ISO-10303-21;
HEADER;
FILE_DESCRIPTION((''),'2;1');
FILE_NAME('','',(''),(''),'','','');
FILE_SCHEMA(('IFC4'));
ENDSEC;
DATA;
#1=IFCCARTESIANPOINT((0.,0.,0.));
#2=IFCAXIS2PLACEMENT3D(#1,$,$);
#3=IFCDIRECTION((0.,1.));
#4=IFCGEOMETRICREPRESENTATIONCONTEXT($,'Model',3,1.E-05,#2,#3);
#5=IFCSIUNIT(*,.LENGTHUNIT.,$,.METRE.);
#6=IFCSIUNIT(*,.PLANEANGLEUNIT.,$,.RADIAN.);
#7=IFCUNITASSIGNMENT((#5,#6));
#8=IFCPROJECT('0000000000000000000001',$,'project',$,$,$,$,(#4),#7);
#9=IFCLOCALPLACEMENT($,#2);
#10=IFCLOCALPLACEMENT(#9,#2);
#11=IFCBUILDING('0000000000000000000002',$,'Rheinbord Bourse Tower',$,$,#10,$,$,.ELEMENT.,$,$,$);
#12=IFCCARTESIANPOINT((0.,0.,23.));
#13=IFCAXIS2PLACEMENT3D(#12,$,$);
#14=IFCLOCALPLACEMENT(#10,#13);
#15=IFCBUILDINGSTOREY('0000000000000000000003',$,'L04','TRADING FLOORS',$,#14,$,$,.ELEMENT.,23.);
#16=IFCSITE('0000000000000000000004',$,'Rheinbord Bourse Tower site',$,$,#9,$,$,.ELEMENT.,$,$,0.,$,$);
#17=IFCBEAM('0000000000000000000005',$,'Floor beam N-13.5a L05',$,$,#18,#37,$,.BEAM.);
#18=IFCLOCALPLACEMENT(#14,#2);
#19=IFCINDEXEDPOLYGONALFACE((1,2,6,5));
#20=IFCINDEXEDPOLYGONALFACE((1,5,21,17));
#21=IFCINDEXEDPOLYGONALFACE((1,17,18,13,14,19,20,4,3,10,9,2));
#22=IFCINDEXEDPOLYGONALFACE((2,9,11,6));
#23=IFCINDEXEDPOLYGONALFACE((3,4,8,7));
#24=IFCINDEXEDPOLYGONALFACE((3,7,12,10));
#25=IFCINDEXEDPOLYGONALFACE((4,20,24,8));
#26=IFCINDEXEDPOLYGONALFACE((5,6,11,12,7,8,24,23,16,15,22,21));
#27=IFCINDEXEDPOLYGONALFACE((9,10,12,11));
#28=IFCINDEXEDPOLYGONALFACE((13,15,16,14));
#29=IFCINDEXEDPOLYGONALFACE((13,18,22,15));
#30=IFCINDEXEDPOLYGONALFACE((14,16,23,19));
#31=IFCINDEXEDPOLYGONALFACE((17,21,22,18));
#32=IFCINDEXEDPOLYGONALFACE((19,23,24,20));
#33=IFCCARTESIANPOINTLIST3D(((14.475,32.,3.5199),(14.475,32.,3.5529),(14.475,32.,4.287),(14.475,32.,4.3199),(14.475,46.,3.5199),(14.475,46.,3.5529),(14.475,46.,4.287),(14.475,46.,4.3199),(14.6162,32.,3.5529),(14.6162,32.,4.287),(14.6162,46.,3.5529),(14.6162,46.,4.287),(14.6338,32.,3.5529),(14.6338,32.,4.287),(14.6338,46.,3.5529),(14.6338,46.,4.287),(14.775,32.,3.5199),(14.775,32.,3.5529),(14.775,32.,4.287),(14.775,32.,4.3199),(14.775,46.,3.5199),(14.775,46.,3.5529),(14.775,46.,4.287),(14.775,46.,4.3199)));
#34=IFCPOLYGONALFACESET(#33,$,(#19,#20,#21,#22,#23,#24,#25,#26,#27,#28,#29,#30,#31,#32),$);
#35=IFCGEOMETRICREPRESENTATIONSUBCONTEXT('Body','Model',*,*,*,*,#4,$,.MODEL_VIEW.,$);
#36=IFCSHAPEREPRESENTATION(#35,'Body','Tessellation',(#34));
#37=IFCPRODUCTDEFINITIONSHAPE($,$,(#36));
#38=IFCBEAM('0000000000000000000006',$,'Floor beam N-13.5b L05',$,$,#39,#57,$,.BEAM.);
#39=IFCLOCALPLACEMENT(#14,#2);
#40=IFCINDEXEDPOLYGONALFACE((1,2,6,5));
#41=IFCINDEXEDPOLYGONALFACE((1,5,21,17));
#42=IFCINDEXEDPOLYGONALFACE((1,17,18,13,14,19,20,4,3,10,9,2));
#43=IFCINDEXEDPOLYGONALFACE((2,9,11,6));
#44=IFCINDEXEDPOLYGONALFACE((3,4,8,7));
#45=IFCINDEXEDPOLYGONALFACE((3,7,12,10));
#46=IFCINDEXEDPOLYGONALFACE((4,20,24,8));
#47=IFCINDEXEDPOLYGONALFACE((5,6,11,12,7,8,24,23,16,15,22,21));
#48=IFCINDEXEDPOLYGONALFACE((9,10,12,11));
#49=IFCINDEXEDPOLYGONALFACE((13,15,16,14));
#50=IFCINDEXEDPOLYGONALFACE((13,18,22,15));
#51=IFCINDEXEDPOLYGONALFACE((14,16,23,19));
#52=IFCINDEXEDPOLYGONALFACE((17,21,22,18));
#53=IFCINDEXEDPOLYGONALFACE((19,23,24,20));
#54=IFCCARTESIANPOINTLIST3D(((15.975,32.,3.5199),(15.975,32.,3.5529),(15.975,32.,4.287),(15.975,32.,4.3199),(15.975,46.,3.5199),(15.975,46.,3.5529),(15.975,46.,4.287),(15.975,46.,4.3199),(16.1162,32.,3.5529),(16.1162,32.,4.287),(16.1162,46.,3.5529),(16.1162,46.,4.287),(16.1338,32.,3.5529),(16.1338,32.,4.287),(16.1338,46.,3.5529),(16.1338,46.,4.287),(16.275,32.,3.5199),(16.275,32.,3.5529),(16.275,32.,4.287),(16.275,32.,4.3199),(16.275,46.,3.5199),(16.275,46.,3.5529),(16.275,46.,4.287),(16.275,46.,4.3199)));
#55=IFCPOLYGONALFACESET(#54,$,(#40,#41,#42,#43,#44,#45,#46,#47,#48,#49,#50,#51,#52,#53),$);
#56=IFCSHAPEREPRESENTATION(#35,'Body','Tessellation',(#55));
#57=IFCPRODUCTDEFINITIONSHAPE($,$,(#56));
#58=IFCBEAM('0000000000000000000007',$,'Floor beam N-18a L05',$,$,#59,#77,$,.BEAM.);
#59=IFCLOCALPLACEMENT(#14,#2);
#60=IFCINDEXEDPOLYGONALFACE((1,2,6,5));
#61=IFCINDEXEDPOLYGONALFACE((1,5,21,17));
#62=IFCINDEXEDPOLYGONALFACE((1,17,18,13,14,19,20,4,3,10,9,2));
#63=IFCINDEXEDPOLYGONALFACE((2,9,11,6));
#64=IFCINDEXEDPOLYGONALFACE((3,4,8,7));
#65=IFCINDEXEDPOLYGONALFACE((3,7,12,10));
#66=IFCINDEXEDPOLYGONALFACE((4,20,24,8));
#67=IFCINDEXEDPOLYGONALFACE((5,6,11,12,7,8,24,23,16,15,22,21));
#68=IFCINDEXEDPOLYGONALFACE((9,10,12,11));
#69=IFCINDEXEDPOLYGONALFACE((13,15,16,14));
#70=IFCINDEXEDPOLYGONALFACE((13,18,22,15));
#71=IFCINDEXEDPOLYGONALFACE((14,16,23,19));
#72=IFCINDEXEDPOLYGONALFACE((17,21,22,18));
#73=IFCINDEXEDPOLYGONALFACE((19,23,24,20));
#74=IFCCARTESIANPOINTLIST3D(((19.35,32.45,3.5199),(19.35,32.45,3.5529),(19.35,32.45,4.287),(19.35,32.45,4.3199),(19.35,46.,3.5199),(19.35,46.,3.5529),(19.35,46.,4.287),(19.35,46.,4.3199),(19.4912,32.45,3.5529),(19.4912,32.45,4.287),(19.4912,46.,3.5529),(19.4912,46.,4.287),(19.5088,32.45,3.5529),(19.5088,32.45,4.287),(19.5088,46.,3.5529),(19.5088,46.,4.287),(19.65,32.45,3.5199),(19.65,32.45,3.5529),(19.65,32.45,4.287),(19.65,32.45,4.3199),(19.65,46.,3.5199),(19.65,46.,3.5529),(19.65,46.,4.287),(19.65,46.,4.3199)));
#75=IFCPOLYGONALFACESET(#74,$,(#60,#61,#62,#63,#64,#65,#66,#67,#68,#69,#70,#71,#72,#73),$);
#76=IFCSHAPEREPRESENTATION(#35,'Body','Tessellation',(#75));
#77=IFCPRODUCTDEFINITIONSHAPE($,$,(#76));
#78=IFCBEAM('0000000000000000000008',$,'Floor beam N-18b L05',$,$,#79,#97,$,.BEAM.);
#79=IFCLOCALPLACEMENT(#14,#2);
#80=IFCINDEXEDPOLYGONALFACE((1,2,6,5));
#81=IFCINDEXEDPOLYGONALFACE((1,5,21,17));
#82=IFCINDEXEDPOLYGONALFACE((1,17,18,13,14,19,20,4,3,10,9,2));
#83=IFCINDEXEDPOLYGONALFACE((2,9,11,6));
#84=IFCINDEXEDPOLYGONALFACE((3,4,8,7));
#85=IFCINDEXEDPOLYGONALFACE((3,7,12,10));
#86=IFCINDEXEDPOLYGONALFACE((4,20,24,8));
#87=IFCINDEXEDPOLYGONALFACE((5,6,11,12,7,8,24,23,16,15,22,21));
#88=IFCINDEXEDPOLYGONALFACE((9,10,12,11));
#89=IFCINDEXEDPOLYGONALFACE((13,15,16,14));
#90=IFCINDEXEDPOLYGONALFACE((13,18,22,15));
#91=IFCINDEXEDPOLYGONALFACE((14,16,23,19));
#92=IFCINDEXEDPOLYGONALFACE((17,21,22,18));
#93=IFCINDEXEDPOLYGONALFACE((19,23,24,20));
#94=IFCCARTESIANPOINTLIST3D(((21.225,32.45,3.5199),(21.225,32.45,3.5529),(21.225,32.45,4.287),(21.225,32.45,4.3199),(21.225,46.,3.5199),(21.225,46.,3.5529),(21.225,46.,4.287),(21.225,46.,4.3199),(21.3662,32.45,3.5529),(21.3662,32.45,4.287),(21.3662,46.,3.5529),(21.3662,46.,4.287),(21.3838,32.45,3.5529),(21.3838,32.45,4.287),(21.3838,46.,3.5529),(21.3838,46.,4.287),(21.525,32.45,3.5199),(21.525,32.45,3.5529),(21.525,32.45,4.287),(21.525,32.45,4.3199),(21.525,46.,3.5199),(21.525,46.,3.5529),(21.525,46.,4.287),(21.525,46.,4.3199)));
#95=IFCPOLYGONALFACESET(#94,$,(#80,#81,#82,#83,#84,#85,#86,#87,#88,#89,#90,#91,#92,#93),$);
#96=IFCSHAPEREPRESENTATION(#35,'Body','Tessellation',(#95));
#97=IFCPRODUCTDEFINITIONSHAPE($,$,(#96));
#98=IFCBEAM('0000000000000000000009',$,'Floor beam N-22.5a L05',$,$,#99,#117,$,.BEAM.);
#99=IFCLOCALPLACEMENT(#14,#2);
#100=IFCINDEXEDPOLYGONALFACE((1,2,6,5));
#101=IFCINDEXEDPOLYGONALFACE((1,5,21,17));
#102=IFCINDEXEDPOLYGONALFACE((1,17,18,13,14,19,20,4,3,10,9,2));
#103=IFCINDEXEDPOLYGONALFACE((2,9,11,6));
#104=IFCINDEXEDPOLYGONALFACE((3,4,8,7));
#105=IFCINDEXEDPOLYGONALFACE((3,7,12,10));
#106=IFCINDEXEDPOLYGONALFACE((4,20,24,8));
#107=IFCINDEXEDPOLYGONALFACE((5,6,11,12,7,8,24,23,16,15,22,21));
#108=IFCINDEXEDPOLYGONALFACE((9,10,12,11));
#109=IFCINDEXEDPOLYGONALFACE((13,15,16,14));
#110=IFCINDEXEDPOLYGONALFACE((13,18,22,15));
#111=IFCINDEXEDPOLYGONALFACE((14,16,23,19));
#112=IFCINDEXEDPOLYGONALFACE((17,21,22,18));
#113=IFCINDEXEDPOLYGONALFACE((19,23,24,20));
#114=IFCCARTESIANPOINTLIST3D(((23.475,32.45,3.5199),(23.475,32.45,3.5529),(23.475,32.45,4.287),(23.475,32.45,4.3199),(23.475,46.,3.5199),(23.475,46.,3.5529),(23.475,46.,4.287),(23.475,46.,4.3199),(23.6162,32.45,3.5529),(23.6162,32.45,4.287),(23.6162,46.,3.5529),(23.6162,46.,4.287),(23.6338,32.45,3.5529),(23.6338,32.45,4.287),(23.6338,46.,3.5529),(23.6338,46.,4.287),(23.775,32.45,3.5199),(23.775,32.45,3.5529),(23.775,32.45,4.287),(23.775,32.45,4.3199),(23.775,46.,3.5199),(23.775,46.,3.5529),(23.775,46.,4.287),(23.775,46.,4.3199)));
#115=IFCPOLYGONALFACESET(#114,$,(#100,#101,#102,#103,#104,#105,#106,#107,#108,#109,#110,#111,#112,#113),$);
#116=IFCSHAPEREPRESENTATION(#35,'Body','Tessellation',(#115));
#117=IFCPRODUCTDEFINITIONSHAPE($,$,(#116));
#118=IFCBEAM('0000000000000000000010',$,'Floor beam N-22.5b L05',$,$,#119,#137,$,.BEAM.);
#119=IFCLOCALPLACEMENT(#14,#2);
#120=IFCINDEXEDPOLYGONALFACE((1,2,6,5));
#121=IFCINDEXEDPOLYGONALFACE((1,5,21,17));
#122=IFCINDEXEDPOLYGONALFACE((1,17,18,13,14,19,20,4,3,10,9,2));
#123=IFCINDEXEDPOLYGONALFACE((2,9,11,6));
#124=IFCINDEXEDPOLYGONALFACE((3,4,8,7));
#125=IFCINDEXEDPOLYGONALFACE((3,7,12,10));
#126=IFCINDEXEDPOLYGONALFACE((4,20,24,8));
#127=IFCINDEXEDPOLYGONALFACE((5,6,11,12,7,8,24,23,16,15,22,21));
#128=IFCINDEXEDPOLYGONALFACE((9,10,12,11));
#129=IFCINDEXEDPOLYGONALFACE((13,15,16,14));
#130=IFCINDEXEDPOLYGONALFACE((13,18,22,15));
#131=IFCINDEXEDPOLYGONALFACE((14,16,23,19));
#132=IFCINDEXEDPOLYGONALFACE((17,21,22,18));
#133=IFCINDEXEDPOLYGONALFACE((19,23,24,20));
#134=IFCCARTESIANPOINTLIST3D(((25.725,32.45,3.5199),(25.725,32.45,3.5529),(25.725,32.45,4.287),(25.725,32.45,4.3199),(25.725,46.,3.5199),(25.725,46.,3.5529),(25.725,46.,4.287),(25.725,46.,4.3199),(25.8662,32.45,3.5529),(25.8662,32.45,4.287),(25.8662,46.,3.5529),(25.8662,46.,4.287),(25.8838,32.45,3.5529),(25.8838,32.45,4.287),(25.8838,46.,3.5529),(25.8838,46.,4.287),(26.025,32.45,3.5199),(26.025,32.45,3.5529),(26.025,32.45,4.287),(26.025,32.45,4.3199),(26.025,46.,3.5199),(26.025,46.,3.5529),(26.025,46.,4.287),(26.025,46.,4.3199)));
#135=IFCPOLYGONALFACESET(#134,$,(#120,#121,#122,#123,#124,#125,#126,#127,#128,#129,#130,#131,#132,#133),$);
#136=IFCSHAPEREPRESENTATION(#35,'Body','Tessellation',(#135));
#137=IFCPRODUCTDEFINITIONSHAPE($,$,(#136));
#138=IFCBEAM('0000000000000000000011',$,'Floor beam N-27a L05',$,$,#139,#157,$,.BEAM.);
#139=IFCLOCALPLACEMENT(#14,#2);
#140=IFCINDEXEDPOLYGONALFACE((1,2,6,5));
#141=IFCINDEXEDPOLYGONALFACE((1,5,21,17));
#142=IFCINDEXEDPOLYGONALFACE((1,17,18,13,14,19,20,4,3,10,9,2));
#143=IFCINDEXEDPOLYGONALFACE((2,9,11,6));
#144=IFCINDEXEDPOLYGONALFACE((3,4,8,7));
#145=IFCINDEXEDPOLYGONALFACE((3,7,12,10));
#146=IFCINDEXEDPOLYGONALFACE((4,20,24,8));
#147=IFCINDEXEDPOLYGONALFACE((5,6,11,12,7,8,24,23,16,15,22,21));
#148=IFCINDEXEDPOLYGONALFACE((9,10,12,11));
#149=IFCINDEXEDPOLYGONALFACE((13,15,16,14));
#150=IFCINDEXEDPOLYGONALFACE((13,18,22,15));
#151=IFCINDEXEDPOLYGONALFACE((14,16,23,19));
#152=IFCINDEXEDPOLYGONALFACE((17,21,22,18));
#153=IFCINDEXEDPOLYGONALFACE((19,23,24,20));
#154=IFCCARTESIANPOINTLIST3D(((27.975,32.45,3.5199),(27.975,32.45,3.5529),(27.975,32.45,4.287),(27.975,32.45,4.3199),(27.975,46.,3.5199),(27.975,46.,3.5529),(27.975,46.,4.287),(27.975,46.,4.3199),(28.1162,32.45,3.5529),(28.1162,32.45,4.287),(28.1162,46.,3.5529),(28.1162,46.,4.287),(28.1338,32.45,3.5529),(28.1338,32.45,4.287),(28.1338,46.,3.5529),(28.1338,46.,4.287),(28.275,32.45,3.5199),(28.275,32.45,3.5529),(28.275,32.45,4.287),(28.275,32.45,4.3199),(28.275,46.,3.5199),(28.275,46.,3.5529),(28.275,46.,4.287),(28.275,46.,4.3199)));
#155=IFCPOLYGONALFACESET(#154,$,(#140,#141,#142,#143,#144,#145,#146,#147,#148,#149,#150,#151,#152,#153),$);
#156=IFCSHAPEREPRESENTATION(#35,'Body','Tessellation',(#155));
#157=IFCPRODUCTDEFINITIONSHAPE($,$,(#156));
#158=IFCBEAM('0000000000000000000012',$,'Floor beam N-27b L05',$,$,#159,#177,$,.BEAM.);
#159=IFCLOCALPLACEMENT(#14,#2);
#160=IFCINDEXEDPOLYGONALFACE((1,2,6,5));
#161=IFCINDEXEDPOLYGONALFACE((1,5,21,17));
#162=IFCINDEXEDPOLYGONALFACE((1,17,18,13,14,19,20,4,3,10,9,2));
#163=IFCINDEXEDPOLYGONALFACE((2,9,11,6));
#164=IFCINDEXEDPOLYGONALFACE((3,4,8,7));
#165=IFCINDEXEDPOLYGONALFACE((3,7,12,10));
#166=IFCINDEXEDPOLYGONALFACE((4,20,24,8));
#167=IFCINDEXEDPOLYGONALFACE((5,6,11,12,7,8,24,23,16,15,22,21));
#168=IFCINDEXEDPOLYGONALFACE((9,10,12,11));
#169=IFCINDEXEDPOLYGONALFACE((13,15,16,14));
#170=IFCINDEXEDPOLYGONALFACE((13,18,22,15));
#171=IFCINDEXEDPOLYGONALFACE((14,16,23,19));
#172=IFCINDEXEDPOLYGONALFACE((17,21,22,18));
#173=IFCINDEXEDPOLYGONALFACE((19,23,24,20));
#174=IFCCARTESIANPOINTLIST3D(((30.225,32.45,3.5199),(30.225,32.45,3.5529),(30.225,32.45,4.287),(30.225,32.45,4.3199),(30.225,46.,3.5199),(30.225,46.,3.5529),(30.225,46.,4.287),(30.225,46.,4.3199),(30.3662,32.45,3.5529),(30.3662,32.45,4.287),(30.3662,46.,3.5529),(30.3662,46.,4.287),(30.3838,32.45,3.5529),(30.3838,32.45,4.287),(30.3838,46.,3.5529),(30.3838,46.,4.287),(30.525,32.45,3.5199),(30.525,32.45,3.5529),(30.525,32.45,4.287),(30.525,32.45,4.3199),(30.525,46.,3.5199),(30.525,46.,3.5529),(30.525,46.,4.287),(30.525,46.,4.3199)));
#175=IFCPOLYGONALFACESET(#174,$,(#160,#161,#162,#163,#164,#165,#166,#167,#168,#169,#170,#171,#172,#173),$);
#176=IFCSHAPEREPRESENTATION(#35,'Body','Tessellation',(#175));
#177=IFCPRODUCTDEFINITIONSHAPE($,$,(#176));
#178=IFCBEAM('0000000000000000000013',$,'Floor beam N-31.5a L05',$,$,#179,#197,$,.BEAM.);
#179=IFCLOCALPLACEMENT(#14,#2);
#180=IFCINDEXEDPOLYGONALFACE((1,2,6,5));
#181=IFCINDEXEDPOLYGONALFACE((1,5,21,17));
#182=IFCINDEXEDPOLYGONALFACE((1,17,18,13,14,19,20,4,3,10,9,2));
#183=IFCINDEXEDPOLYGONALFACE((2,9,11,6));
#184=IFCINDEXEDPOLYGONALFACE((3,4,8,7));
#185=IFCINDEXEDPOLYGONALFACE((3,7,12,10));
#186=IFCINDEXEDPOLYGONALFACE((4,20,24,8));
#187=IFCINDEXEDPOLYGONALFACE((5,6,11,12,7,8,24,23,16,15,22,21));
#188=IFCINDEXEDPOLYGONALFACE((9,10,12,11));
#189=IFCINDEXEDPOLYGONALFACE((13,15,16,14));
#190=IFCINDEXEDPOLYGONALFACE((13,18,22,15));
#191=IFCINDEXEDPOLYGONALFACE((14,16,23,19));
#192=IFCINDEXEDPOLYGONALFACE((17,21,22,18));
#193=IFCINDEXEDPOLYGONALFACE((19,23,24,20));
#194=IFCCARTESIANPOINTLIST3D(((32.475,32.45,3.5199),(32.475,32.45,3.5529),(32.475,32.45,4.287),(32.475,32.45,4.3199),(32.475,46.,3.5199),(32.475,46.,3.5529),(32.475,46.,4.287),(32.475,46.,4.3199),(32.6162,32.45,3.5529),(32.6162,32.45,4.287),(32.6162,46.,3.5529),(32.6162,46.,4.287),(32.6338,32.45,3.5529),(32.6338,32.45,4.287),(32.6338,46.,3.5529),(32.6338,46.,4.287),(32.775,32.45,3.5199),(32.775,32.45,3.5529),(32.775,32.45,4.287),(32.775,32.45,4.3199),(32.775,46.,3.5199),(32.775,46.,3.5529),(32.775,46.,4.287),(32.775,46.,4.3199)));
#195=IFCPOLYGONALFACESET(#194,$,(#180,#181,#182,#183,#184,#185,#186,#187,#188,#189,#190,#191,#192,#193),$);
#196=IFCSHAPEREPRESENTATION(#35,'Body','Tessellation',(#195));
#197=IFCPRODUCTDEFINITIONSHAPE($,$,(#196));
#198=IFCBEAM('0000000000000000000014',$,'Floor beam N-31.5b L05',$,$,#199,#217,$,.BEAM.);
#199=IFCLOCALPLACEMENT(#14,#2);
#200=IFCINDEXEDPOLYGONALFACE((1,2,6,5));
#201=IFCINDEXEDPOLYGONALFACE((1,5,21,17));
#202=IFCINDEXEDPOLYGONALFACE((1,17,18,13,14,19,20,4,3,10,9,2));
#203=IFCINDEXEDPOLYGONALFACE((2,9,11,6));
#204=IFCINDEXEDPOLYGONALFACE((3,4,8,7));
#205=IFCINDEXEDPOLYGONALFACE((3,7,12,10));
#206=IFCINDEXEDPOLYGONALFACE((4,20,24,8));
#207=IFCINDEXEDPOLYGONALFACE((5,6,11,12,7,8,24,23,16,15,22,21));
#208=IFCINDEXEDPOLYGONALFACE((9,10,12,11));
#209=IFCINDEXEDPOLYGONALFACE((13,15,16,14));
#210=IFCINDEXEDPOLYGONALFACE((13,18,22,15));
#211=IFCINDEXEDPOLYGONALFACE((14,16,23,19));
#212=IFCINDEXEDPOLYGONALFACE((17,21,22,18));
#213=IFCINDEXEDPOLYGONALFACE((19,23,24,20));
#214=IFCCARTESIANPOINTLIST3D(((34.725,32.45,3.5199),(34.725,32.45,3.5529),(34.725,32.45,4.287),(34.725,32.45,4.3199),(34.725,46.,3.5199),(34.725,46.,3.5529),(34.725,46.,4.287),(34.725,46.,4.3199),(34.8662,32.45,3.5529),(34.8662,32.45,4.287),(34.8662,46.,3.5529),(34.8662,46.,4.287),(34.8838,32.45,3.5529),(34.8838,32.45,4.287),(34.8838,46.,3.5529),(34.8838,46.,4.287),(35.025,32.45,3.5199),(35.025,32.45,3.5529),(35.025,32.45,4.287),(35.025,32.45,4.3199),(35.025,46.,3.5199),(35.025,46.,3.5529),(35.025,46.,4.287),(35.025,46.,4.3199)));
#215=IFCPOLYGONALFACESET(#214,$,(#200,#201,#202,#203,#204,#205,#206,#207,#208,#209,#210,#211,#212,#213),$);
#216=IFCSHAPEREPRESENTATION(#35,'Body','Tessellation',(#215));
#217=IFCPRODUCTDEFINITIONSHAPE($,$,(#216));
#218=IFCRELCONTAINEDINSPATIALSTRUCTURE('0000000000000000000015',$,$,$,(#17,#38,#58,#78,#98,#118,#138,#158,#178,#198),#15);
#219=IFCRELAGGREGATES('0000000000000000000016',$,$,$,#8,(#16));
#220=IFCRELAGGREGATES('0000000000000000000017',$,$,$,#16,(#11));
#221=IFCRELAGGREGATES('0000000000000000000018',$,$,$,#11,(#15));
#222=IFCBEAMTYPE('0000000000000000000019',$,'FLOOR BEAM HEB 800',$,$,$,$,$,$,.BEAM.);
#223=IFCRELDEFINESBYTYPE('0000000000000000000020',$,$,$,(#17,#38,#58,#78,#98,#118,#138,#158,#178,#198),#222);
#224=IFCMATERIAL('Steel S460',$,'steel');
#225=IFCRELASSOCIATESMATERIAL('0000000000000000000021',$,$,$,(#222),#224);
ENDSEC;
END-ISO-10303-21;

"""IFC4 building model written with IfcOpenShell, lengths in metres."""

from ifc_helpers import new_model, si_unit, direction, frame, origin, origin_2d, place, context, subcontext, project, spatial, i_section, extrude, material, material_profile, profile_set, type_object, element, save


model = new_model("IFC4")

# Units and contexts
model_context = context("Model", 3, precision=1e-05, world=origin(), true_north=direction((0.0, 1.0)))
body_context = subcontext(model_context, "Body", "Model", "MODEL_VIEW")
ifc_project = project(units=[si_unit("LENGTHUNIT", "METRE"), si_unit("PLANEANGLEUNIT", "RADIAN")], contexts=[model_context])

# Site, building, storey
site_placement = place(None, origin())
site = spatial("IfcSite", under=ifc_project, at=site_placement, Name="Rheinbord Bourse Tower site", CompositionType="ELEMENT", RefElevation=0.0)
building_placement = place(site_placement, origin())
building = spatial("IfcBuilding", under=site, at=building_placement, Name="Rheinbord Bourse Tower", CompositionType="ELEMENT")
storey_placement = place(building_placement, frame((0.0, 0.0, 23.0)))
storey = spatial("IfcBuildingStorey", under=building, at=storey_placement, Name="L04", Description="TRADING FLOORS", CompositionType="ELEMENT", Elevation=23.0)

# Beams
ifc_material_1 = material(Name="Steel S460", Category="steel")
ifc_material_profile_1 = material_profile(ifc_material_1, i_section(OverallWidth=0.3, OverallDepth=0.8, WebThickness=0.0176, FlangeThickness=0.033, at=origin_2d()), Name="HEB 800")
ifc_profile_set_1 = profile_set([ifc_material_profile_1], Name="Steel S460")
beam_type_1 = type_object("IfcBeamType", Name="FLOOR BEAM HEB 800", PredefinedType="BEAM", material=ifc_profile_set_1)
for number, where, z_axis, x_axis, name in (
    (1, (14.625, 46.0, 3.9199), (0.0, -1.0, 0.0), (1.0, 0.0, 0.0), "Floor beam N-13.5a L05"),
    (2, (16.125, 46.0, 3.9199), (0.0, -1.0, 0.0), (1.0, 0.0, 0.0), "Floor beam N-13.5b L05"),
):
    element("IfcBeam", number, at=place(storey_placement, frame(where, z_axis=z_axis, x_axis=x_axis)), inside=storey, type_object=beam_type_1, Name=name, PredefinedType="BEAM", context=body_context, shape_type="SweptSolid", body=[
        extrude(i_section(OverallWidth=0.3, OverallDepth=0.8, WebThickness=0.0176, FlangeThickness=0.033, at=origin_2d()), origin(), (0.0, 0.0, 1.0), 14.0),
    ])
for number, where, z_axis, x_axis, name in (
    (3, (19.5, 46.0, 3.9199), (0.0, -1.0, 0.0), (1.0, 0.0, 0.0), "Floor beam N-18a L05"),
    (4, (21.375, 46.0, 3.9199), (0.0, -1.0, 0.0), (1.0, 0.0, 0.0), "Floor beam N-18b L05"),
    (5, (23.625, 46.0, 3.9199), (0.0, -1.0, 0.0), (1.0, 0.0, 0.0), "Floor beam N-22.5a L05"),
    (6, (25.875, 46.0, 3.9199), (0.0, -1.0, 0.0), (1.0, 0.0, 0.0), "Floor beam N-22.5b L05"),
    (7, (28.125, 46.0, 3.9199), (0.0, -1.0, 0.0), (1.0, 0.0, 0.0), "Floor beam N-27a L05"),
    (8, (30.375, 46.0, 3.9199), (0.0, -1.0, 0.0), (1.0, 0.0, 0.0), "Floor beam N-27b L05"),
    (9, (32.625, 46.0, 3.9199), (0.0, -1.0, 0.0), (1.0, 0.0, 0.0), "Floor beam N-31.5a L05"),
    (10, (34.875, 46.0, 3.9199), (0.0, -1.0, 0.0), (1.0, 0.0, 0.0), "Floor beam N-31.5b L05"),
):
    element("IfcBeam", number, at=place(storey_placement, frame(where, z_axis=z_axis, x_axis=x_axis)), inside=storey, type_object=beam_type_1, Name=name, PredefinedType="BEAM", context=body_context, shape_type="SweptSolid", body=[
        extrude(i_section(OverallWidth=0.3, OverallDepth=0.8, WebThickness=0.0176, FlangeThickness=0.033, at=origin_2d()), origin(), (0.0, 0.0, 1.0), 13.55),
    ])

save(model, "model.ifc")
